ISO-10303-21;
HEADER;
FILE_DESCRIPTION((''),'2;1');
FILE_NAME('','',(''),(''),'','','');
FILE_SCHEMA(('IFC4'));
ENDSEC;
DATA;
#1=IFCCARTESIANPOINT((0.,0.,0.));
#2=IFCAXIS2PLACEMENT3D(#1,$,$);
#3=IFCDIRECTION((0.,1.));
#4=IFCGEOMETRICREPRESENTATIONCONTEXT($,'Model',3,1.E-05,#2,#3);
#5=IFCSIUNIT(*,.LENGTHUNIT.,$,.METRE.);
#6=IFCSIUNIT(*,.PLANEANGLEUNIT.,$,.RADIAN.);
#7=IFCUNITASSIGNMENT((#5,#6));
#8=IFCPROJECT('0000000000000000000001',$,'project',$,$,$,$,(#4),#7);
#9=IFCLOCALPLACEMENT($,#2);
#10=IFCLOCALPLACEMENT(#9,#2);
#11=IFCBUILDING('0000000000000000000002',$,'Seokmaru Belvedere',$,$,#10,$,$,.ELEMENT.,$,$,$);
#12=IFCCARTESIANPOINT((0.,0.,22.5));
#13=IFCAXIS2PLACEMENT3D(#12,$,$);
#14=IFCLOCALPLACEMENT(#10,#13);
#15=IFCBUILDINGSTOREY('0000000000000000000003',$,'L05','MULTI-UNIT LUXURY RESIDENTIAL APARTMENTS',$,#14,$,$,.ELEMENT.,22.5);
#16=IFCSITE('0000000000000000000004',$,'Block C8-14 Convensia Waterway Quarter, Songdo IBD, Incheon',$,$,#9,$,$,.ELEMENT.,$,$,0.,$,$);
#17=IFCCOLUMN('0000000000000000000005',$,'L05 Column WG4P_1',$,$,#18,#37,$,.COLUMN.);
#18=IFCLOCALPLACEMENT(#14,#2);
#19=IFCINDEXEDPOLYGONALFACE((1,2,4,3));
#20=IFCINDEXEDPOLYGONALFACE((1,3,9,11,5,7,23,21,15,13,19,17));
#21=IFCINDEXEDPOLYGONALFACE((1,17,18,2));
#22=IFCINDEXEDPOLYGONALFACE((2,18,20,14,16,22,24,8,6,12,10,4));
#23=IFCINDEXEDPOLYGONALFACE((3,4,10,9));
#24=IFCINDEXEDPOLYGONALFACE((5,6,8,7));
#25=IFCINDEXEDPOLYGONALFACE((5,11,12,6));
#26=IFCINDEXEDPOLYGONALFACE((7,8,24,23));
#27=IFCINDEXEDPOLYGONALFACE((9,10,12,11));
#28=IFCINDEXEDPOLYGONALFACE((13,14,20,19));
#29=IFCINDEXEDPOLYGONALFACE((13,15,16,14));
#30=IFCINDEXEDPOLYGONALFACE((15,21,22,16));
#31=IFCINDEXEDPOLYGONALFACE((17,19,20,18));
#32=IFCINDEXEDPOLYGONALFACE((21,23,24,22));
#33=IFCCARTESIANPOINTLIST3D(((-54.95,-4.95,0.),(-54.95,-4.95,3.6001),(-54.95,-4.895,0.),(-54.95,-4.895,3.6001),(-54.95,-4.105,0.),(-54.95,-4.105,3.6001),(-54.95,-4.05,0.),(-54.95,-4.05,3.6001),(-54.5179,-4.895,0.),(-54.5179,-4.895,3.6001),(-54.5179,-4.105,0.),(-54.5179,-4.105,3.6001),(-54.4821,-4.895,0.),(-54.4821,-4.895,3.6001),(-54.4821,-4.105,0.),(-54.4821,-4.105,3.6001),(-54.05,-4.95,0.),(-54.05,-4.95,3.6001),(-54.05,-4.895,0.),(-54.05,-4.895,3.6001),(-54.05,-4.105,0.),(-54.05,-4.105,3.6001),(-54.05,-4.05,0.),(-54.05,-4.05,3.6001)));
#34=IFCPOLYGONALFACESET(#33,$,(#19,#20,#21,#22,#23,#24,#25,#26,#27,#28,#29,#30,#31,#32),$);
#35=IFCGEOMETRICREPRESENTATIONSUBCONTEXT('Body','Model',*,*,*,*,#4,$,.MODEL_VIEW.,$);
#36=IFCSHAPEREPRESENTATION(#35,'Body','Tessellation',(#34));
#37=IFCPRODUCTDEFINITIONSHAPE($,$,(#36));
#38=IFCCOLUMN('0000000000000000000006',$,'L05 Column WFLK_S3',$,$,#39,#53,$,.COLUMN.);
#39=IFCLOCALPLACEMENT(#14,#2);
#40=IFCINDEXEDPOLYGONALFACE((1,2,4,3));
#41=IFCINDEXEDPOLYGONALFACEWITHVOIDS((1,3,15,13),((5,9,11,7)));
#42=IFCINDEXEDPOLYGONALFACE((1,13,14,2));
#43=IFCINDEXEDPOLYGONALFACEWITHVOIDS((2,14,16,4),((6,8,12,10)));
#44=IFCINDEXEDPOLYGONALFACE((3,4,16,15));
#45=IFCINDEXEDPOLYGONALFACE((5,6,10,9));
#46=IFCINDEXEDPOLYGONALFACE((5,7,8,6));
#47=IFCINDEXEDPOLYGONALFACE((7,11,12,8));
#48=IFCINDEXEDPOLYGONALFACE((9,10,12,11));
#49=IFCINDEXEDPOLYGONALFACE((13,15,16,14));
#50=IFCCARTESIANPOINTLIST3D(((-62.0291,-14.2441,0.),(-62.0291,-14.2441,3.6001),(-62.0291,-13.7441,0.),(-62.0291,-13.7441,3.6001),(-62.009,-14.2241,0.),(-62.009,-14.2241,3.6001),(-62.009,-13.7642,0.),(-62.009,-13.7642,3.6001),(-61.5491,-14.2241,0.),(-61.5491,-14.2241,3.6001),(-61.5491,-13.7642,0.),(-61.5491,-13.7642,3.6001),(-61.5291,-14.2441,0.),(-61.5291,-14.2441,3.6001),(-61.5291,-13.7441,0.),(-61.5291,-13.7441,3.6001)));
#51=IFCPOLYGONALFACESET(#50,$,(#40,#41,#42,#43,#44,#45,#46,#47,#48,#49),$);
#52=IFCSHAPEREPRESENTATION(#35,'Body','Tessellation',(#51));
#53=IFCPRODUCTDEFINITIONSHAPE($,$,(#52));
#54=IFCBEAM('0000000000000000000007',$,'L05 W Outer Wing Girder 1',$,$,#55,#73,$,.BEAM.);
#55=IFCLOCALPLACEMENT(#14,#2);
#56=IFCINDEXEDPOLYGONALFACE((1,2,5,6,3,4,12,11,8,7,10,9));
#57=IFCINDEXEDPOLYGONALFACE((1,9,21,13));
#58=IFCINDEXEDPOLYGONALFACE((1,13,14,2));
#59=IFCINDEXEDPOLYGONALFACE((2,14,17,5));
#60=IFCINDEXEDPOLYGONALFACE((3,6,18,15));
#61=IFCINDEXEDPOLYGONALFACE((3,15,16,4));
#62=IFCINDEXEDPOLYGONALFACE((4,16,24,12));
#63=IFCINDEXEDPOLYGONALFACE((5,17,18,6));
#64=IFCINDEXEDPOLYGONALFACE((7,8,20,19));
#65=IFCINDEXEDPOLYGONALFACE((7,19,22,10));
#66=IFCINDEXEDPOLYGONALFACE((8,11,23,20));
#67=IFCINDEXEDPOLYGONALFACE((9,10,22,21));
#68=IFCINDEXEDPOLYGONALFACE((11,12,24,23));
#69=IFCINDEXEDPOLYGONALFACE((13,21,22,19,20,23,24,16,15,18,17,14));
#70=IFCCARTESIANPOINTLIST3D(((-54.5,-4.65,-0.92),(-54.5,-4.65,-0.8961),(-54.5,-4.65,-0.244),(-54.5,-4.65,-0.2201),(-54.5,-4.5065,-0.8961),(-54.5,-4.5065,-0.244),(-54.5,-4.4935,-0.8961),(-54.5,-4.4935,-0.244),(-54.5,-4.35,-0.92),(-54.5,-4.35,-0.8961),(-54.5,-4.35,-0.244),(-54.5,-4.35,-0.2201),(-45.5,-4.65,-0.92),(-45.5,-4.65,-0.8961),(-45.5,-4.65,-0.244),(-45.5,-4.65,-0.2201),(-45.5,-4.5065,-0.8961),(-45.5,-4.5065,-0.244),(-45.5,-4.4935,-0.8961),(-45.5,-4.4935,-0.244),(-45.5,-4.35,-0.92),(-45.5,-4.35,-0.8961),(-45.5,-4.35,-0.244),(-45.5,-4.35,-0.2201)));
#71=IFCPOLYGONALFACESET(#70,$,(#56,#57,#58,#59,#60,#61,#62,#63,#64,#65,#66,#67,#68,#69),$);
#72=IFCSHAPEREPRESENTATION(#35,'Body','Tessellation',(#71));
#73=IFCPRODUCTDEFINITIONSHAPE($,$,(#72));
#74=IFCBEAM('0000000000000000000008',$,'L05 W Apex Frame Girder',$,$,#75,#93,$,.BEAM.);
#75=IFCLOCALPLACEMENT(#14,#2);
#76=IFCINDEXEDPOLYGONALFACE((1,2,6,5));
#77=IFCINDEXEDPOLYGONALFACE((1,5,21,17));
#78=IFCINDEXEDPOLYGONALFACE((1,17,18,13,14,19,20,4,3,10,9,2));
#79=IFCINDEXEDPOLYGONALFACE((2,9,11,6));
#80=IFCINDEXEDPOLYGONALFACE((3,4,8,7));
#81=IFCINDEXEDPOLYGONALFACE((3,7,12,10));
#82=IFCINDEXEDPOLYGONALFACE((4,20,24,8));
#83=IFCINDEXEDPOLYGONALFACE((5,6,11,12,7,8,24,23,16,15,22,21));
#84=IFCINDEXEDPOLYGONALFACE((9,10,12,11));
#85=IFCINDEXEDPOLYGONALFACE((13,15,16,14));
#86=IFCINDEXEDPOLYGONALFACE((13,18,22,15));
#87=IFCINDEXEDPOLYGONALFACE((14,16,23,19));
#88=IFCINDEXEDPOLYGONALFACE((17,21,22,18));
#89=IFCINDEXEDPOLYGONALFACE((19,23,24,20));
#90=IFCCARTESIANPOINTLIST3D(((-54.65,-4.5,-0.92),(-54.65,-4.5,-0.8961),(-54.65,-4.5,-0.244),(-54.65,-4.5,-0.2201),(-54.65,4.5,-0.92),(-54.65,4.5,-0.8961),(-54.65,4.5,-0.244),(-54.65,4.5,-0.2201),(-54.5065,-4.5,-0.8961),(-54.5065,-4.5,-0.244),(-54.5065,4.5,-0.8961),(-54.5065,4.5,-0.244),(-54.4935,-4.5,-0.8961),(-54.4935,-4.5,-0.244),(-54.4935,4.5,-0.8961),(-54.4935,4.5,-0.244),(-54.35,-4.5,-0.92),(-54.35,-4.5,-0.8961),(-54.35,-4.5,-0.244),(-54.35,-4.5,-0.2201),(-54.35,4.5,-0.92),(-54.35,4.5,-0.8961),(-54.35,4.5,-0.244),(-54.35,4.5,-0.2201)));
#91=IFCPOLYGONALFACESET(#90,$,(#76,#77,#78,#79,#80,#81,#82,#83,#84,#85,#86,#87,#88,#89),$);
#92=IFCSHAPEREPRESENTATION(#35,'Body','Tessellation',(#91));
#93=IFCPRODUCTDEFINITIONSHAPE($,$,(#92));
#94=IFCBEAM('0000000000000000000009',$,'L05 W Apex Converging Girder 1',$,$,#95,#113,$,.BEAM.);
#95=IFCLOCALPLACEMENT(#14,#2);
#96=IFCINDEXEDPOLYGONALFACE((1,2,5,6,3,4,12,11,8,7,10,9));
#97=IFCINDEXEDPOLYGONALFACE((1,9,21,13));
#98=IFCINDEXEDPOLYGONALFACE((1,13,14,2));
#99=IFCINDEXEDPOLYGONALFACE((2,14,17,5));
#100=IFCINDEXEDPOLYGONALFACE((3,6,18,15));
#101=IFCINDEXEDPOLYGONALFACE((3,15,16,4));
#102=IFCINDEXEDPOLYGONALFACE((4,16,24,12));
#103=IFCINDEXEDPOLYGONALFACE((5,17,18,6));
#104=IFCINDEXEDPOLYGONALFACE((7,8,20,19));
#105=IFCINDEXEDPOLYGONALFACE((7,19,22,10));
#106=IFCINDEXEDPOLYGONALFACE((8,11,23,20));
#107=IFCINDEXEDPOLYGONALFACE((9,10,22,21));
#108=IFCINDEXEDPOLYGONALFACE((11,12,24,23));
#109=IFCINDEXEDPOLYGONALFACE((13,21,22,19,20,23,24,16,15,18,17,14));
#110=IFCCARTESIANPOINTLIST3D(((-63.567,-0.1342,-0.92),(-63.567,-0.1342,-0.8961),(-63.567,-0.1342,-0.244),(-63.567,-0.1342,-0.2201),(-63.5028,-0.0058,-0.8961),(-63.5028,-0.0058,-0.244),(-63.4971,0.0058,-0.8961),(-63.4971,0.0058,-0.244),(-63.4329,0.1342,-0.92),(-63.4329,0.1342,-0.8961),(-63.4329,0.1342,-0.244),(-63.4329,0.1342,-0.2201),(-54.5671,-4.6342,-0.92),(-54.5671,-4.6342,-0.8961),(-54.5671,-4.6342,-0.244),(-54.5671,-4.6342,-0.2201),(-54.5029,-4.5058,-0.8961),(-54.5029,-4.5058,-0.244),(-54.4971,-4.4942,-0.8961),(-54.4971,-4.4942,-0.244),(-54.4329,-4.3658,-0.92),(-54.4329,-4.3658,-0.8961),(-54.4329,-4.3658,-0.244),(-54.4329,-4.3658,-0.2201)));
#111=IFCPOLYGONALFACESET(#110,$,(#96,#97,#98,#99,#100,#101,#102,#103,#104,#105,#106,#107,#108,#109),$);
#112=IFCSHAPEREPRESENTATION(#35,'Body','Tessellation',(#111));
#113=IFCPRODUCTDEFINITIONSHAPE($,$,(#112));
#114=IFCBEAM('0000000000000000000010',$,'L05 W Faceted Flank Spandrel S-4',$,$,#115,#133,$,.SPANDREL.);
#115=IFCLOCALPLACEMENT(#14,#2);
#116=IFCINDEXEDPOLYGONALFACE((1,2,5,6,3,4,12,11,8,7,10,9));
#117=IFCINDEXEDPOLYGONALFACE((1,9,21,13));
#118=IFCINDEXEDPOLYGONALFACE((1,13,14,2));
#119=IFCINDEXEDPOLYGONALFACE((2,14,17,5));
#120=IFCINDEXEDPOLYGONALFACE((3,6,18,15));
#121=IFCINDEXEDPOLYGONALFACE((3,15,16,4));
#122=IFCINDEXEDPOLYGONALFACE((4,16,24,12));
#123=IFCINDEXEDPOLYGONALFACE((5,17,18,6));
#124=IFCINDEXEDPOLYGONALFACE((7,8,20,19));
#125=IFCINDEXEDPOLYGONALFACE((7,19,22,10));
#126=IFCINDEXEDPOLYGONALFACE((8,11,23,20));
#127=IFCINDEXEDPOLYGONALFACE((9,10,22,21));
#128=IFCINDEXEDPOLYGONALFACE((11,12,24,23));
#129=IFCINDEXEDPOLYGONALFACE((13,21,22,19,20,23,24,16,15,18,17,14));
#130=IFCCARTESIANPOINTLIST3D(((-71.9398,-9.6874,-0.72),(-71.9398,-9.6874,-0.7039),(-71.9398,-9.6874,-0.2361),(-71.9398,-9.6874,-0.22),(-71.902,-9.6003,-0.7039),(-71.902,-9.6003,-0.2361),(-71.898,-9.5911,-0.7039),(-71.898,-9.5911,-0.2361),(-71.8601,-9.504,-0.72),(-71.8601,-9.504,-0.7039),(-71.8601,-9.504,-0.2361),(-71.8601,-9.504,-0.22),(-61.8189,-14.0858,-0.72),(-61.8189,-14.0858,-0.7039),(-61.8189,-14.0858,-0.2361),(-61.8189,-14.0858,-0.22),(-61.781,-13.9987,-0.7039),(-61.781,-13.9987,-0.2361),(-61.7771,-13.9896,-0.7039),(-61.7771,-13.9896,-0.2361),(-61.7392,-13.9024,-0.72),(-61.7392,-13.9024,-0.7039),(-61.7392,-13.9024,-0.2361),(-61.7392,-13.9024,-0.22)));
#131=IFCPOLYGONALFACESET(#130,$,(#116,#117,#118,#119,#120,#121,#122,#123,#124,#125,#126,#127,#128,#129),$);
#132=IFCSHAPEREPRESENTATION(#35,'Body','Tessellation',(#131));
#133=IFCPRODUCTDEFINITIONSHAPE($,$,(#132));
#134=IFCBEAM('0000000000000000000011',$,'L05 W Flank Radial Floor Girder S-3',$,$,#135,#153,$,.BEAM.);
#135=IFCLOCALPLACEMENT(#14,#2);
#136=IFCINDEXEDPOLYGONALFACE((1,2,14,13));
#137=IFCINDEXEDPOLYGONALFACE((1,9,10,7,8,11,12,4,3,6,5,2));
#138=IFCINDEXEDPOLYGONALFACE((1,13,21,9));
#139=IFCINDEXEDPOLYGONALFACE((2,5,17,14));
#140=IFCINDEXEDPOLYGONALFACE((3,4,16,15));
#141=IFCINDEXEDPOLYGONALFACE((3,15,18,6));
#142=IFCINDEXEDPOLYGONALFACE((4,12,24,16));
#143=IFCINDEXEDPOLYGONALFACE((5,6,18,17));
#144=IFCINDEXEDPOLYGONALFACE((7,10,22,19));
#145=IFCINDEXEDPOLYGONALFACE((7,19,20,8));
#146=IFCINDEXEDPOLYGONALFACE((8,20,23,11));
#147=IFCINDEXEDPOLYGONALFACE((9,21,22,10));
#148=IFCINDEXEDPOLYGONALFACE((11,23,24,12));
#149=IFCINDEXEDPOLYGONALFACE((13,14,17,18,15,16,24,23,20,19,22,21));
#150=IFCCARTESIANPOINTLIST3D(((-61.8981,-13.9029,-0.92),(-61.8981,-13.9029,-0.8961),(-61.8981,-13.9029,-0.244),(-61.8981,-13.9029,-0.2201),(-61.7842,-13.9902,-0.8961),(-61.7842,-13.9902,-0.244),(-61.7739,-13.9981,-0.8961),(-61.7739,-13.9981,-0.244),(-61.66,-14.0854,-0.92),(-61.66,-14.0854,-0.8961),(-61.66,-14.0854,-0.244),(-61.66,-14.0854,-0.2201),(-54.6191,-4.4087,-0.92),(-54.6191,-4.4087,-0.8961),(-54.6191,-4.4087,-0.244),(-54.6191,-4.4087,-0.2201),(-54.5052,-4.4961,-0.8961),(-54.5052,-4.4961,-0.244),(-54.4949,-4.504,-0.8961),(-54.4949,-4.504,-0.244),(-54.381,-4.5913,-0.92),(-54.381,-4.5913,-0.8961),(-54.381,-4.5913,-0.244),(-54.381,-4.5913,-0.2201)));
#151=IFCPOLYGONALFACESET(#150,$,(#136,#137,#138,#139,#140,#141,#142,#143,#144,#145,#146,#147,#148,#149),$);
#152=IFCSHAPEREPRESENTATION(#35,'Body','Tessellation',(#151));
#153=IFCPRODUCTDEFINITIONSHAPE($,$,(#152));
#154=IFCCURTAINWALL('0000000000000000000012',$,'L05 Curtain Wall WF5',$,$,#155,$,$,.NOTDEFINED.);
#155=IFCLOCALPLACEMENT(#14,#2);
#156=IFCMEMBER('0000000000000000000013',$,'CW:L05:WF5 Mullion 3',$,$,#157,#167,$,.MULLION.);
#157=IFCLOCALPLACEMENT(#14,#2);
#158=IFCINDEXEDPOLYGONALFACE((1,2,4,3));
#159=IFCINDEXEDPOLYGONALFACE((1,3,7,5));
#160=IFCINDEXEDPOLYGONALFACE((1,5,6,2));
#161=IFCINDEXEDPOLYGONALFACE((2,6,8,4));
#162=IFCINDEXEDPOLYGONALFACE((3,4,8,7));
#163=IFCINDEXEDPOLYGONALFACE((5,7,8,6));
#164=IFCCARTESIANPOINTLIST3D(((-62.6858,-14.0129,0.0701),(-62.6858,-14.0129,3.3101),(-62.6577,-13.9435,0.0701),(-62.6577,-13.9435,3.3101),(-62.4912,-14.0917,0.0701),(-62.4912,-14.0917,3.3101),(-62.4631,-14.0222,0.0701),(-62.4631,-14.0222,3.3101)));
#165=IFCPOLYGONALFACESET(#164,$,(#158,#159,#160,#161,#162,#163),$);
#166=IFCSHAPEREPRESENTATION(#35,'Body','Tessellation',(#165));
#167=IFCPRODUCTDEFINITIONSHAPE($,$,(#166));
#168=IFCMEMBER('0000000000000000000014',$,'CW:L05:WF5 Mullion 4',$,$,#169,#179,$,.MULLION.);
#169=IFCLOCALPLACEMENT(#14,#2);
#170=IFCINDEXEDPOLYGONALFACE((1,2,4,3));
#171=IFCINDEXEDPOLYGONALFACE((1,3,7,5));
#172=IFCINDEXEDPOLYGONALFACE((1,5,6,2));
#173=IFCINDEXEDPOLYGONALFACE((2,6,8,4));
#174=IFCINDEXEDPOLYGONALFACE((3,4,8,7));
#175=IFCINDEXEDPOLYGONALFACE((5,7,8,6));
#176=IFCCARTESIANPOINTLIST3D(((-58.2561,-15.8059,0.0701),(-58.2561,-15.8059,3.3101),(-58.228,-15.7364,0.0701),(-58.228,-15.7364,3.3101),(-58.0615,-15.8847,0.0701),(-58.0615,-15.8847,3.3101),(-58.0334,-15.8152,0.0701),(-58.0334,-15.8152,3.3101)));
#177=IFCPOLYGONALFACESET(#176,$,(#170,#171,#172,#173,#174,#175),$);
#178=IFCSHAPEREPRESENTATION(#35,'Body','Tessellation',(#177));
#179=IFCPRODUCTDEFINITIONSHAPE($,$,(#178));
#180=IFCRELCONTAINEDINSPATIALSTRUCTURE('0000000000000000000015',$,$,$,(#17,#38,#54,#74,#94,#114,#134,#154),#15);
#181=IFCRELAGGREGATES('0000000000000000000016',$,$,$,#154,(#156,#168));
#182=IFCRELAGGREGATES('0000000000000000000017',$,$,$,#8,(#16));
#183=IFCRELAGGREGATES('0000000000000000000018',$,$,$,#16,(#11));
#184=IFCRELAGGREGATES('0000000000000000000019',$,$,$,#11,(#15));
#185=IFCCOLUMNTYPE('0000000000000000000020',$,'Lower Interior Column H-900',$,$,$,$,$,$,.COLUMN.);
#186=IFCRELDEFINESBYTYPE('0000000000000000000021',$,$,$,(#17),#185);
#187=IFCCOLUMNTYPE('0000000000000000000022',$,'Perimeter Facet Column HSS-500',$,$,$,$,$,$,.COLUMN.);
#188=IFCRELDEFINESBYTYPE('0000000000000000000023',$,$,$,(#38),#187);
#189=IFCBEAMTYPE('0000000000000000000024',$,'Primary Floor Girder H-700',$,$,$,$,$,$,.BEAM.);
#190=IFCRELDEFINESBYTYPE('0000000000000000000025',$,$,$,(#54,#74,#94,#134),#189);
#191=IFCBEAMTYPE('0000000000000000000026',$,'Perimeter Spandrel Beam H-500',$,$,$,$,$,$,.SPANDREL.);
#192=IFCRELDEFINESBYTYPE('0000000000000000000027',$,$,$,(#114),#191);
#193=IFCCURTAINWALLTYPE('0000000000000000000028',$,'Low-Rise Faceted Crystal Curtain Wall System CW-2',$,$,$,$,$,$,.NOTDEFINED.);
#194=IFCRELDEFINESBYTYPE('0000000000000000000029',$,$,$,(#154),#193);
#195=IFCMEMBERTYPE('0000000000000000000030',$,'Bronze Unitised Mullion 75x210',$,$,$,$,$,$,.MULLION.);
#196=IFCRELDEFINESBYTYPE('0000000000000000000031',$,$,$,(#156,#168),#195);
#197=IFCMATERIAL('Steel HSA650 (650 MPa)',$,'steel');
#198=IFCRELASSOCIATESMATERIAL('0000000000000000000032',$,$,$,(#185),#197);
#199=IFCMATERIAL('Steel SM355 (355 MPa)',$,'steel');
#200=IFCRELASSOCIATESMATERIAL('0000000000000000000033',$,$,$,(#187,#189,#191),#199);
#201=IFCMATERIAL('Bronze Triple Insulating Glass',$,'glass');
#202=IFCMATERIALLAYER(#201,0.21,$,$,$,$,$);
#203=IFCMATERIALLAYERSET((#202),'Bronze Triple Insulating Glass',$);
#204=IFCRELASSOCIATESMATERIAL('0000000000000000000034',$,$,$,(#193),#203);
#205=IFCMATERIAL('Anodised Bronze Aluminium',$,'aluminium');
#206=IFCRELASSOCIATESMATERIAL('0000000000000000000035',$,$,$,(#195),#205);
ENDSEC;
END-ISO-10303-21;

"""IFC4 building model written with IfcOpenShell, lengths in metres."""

from ifc_helpers import new_model, si_unit, direction, frame, origin, origin_2d, place, context, subcontext, project, spatial, rectangle, hollow_rectangle, i_section, extrude, source, transform, mapped, material, layer, layer_set, material_profile, profile_set, type_object, type_shapes, element, aggregate, save


model = new_model("IFC4")

# Units and contexts
model_context = context("Model", 3, precision=1e-05, world=origin(), true_north=direction((0.0, 1.0)))
body_context = subcontext(model_context, "Body", "Model", "MODEL_VIEW")
ifc_project = project(units=[si_unit("LENGTHUNIT", "METRE"), si_unit("PLANEANGLEUNIT", "RADIAN")], contexts=[model_context])

# Site, building, storey
site_placement = place(None, origin())
site = spatial("IfcSite", under=ifc_project, at=site_placement, Name="Block C8-14 Convensia Waterway Quarter, Songdo IBD, Incheon", CompositionType="ELEMENT", RefElevation=0.0)
building_placement = place(site_placement, origin())
building = spatial("IfcBuilding", under=site, at=building_placement, Name="Seokmaru Belvedere", CompositionType="ELEMENT")
storey_placement = place(building_placement, frame((0.0, 0.0, 22.5)))
storey = spatial("IfcBuildingStorey", under=building, at=storey_placement, Name="L05", Description="MULTI-UNIT LUXURY RESIDENTIAL APARTMENTS", CompositionType="ELEMENT", Elevation=22.5)

# Columns
ifc_material_1 = material(Name="Steel HSA650 (650 MPa)", Category="steel")
ifc_material_profile_1 = material_profile(ifc_material_1, i_section(OverallWidth=0.8999, OverallDepth=0.8999, WebThickness=0.0359, FlangeThickness=0.0549, at=origin_2d()), Name="H-900x900x36x55")
ifc_profile_set_1 = profile_set([ifc_material_profile_1], Name="Steel HSA650 (650 MPa)")
column_type_1 = type_object("IfcColumnType", Name="Lower Interior Column H-900", PredefinedType="COLUMN", material=ifc_profile_set_1)
shared_shape_1 = source(origin(), body_context, "Body", "SweptSolid", [
    extrude(i_section(OverallWidth=0.8999, OverallDepth=0.8999, WebThickness=0.0359, FlangeThickness=0.0549, at=origin_2d()), origin(), (0.0, 0.0, 1.0), 3.6001),
])
type_shapes(column_type_1, [shared_shape_1])
column_1_placement = place(storey_placement, frame((-54.5, -4.5, 0.0), z_axis=(0.0, 0.0, 1.0), x_axis=(1.0, 0.0, 0.0)))
element("IfcColumn", 1, at=column_1_placement, inside=storey, type_object=column_type_1, Name="L05 Column WG4P_1", PredefinedType="COLUMN", context=body_context, shape_type="MappedRepresentation", body=[
    mapped(shared_shape_1, transform((0.0, 0.0, 0.0), scale=1.0)),
])
ifc_material_2 = material(Name="Steel SM355 (355 MPa)", Category="steel")
ifc_material_profile_2 = material_profile(ifc_material_2, hollow_rectangle(XDim=0.5, YDim=0.5, WallThickness=0.02, at=origin_2d()), Name="HSS-500x500x20")
ifc_profile_set_2 = profile_set([ifc_material_profile_2], Name="Steel SM355 (355 MPa)")
column_type_2 = type_object("IfcColumnType", Name="Perimeter Facet Column HSS-500", PredefinedType="COLUMN", material=ifc_profile_set_2)
shared_shape_2 = source(origin(), body_context, "Body", "SweptSolid", [
    extrude(hollow_rectangle(XDim=0.5, YDim=0.5, WallThickness=0.02, at=origin_2d()), origin(), (0.0, 0.0, 1.0), 3.6001),
])
type_shapes(column_type_2, [shared_shape_2])
column_2_placement = place(storey_placement, frame((-61.7791, -13.9941, 0.0), z_axis=(0.0, 0.0, 1.0), x_axis=(1.0, 0.0, 0.0)))
element("IfcColumn", 2, at=column_2_placement, inside=storey, type_object=column_type_2, Name="L05 Column WFLK_S3", PredefinedType="COLUMN", context=body_context, shape_type="MappedRepresentation", body=[
    mapped(shared_shape_2, transform((0.0, 0.0, 0.0), scale=1.0)),
])

# Beams
ifc_material_profile_3 = material_profile(ifc_material_2, i_section(OverallWidth=0.3, OverallDepth=0.7, WebThickness=0.0129, FlangeThickness=0.0239, at=origin_2d()), Name="H-700x300x13x24")
ifc_profile_set_3 = profile_set([ifc_material_profile_3], Name="Steel SM355 (355 MPa)")
beam_type_1 = type_object("IfcBeamType", Name="Primary Floor Girder H-700", PredefinedType="BEAM", material=ifc_profile_set_3)
shared_shape_3 = source(origin(), body_context, "Body", "SweptSolid", [
    extrude(i_section(OverallWidth=0.3, OverallDepth=0.7, WebThickness=0.0129, FlangeThickness=0.0239, at=origin_2d()), origin(), (0.0, 0.0, 1.0), 9.0),
])
for number, where, z_axis, x_axis, name in (
    (3, (-54.5, -4.5, -0.5701), (1.0, 0.0, 0.0), (0.0, 1.0, 0.0), "L05 W Outer Wing Girder 1"),
    (4, (-54.5, -4.5, -0.5701), (0.0, 1.0, 0.0), (-1.0, 0.0, 0.0), "L05 W Apex Frame Girder"),
):
    element("IfcBeam", number, at=place(storey_placement, frame(where, z_axis=z_axis, x_axis=x_axis)), inside=storey, type_object=beam_type_1, Name=name, PredefinedType="BEAM", context=body_context, shape_type="MappedRepresentation", body=[
        mapped(shared_shape_3, transform((0.0, 0.0, 0.0), scale=1.0)),
    ])
shared_shape_4 = source(origin(), body_context, "Body", "SweptSolid", [
    extrude(i_section(OverallWidth=0.3, OverallDepth=0.7, WebThickness=0.0129, FlangeThickness=0.0239, at=origin_2d()), origin(), (0.0, 0.0, 1.0), 10.0623),
])
beam_1_placement = place(storey_placement, frame((-54.5, -4.5, -0.5701), z_axis=(-0.894427, 0.447214, 0.0), x_axis=(-0.447214, -0.894427, 0.0)))
element("IfcBeam", 5, at=beam_1_placement, inside=storey, type_object=beam_type_1, Name="L05 W Apex Converging Girder 1", PredefinedType="BEAM", context=body_context, shape_type="MappedRepresentation", body=[
    mapped(shared_shape_4, transform((0.0, 0.0, 0.0), scale=1.0)),
])
ifc_material_profile_4 = material_profile(ifc_material_2, i_section(OverallWidth=0.2, OverallDepth=0.5, WebThickness=0.01, FlangeThickness=0.0161, at=origin_2d()), Name="H-500x200x10x16")
ifc_profile_set_4 = profile_set([ifc_material_profile_4], Name="Steel SM355 (355 MPa)")
beam_type_2 = type_object("IfcBeamType", Name="Perimeter Spandrel Beam H-500", PredefinedType="SPANDREL", material=ifc_profile_set_4)
shared_shape_5 = source(origin(), body_context, "Body", "SweptSolid", [
    extrude(i_section(OverallWidth=0.2, OverallDepth=0.5, WebThickness=0.01, FlangeThickness=0.0161, at=origin_2d()), origin(), (0.0, 0.0, 1.0), 11.0354),
])
type_shapes(beam_type_2, [shared_shape_5])
beam_2_placement = place(storey_placement, frame((-61.7791, -13.9941, -0.47), z_axis=(-0.917134, 0.398579, 0.0), x_axis=(-0.398579, -0.917134, 0.0)))
element("IfcBeam", 6, at=beam_2_placement, inside=storey, type_object=beam_type_2, Name="L05 W Faceted Flank Spandrel S-4", PredefinedType="SPANDREL", context=body_context, shape_type="MappedRepresentation", body=[
    mapped(shared_shape_5, transform((0.0, 0.0, 0.0), scale=1.0)),
])
shared_shape_6 = source(origin(), body_context, "Body", "SweptSolid", [
    extrude(i_section(OverallWidth=0.3, OverallDepth=0.7, WebThickness=0.0129, FlangeThickness=0.0239, at=origin_2d()), origin(), (0.0, 0.0, 1.0), 11.9634),
])
type_shapes(beam_type_1, [shared_shape_3, shared_shape_4, shared_shape_6])
beam_3_placement = place(storey_placement, frame((-61.7791, -13.9941, -0.5701), z_axis=(0.608443, 0.793598, 0.0), x_axis=(-0.793598, 0.608443, 0.0)))
element("IfcBeam", 7, at=beam_3_placement, inside=storey, type_object=beam_type_1, Name="L05 W Flank Radial Floor Girder S-3", PredefinedType="BEAM", context=body_context, shape_type="MappedRepresentation", body=[
    mapped(shared_shape_6, transform((0.0, 0.0, 0.0), scale=1.0)),
])

# Curtain wall, members
ifc_material_3 = material(Name="Bronze Triple Insulating Glass", Category="glass")
ifc_layer_1 = layer(ifc_material_3, 0.21)
ifc_layer_set_1 = layer_set([ifc_layer_1], Name="Bronze Triple Insulating Glass")
curtain_wall_type = type_object("IfcCurtainWallType", Name="Low-Rise Faceted Crystal Curtain Wall System CW-2", PredefinedType="NOTDEFINED", material=ifc_layer_set_1)
curtain_wall_placement = place(storey_placement, origin())
curtain_wall = element("IfcCurtainWall", 8, at=curtain_wall_placement, inside=storey, type_object=curtain_wall_type, Name="L05 Curtain Wall WF5", PredefinedType="NOTDEFINED")
ifc_material_4 = material(Name="Anodised Bronze Aluminium", Category="aluminium")
ifc_material_profile_5 = material_profile(ifc_material_4, rectangle(XDim=0.075, YDim=0.21, at=origin_2d()), Name="CW-M-75x210")
ifc_profile_set_5 = profile_set([ifc_material_profile_5], Name="Anodised Bronze Aluminium")
member_type = type_object("IfcMemberType", Name="Bronze Unitised Mullion 75x210", PredefinedType="MULLION", material=ifc_profile_set_5)
shared_shape_7 = source(origin(), body_context, "Body", "SweptSolid", [
    extrude(rectangle(XDim=0.075, YDim=0.21, at=origin_2d()), origin(), (0.0, 0.0, 1.0), 3.24),
])
type_shapes(member_type, [shared_shape_7])
member_1_placement = place(storey_placement, frame((-62.5745, -14.0176, 0.0701), z_axis=(0.0, 0.0, 1.0), x_axis=(0.375192, 0.926947, 0.0)))
member_1 = element("IfcMember", 9, at=member_1_placement, type_object=member_type, Name="CW:L05:WF5 Mullion 3", PredefinedType="MULLION", context=body_context, shape_type="MappedRepresentation", body=[
    mapped(shared_shape_7, transform((0.0, 0.0, 0.0), scale=1.0)),
])
member_2_placement = place(storey_placement, frame((-58.1448, -15.8105, 0.0701), z_axis=(0.0, 0.0, 1.0), x_axis=(0.375192, 0.926947, 0.0)))
member_2 = element("IfcMember", 10, at=member_2_placement, type_object=member_type, Name="CW:L05:WF5 Mullion 4", PredefinedType="MULLION", context=body_context, shape_type="MappedRepresentation", body=[
    mapped(shared_shape_7, transform((0.0, 0.0, 0.0), scale=1.0)),
])
aggregate(curtain_wall, [member_1, member_2])

save(model, "model.ifc")
